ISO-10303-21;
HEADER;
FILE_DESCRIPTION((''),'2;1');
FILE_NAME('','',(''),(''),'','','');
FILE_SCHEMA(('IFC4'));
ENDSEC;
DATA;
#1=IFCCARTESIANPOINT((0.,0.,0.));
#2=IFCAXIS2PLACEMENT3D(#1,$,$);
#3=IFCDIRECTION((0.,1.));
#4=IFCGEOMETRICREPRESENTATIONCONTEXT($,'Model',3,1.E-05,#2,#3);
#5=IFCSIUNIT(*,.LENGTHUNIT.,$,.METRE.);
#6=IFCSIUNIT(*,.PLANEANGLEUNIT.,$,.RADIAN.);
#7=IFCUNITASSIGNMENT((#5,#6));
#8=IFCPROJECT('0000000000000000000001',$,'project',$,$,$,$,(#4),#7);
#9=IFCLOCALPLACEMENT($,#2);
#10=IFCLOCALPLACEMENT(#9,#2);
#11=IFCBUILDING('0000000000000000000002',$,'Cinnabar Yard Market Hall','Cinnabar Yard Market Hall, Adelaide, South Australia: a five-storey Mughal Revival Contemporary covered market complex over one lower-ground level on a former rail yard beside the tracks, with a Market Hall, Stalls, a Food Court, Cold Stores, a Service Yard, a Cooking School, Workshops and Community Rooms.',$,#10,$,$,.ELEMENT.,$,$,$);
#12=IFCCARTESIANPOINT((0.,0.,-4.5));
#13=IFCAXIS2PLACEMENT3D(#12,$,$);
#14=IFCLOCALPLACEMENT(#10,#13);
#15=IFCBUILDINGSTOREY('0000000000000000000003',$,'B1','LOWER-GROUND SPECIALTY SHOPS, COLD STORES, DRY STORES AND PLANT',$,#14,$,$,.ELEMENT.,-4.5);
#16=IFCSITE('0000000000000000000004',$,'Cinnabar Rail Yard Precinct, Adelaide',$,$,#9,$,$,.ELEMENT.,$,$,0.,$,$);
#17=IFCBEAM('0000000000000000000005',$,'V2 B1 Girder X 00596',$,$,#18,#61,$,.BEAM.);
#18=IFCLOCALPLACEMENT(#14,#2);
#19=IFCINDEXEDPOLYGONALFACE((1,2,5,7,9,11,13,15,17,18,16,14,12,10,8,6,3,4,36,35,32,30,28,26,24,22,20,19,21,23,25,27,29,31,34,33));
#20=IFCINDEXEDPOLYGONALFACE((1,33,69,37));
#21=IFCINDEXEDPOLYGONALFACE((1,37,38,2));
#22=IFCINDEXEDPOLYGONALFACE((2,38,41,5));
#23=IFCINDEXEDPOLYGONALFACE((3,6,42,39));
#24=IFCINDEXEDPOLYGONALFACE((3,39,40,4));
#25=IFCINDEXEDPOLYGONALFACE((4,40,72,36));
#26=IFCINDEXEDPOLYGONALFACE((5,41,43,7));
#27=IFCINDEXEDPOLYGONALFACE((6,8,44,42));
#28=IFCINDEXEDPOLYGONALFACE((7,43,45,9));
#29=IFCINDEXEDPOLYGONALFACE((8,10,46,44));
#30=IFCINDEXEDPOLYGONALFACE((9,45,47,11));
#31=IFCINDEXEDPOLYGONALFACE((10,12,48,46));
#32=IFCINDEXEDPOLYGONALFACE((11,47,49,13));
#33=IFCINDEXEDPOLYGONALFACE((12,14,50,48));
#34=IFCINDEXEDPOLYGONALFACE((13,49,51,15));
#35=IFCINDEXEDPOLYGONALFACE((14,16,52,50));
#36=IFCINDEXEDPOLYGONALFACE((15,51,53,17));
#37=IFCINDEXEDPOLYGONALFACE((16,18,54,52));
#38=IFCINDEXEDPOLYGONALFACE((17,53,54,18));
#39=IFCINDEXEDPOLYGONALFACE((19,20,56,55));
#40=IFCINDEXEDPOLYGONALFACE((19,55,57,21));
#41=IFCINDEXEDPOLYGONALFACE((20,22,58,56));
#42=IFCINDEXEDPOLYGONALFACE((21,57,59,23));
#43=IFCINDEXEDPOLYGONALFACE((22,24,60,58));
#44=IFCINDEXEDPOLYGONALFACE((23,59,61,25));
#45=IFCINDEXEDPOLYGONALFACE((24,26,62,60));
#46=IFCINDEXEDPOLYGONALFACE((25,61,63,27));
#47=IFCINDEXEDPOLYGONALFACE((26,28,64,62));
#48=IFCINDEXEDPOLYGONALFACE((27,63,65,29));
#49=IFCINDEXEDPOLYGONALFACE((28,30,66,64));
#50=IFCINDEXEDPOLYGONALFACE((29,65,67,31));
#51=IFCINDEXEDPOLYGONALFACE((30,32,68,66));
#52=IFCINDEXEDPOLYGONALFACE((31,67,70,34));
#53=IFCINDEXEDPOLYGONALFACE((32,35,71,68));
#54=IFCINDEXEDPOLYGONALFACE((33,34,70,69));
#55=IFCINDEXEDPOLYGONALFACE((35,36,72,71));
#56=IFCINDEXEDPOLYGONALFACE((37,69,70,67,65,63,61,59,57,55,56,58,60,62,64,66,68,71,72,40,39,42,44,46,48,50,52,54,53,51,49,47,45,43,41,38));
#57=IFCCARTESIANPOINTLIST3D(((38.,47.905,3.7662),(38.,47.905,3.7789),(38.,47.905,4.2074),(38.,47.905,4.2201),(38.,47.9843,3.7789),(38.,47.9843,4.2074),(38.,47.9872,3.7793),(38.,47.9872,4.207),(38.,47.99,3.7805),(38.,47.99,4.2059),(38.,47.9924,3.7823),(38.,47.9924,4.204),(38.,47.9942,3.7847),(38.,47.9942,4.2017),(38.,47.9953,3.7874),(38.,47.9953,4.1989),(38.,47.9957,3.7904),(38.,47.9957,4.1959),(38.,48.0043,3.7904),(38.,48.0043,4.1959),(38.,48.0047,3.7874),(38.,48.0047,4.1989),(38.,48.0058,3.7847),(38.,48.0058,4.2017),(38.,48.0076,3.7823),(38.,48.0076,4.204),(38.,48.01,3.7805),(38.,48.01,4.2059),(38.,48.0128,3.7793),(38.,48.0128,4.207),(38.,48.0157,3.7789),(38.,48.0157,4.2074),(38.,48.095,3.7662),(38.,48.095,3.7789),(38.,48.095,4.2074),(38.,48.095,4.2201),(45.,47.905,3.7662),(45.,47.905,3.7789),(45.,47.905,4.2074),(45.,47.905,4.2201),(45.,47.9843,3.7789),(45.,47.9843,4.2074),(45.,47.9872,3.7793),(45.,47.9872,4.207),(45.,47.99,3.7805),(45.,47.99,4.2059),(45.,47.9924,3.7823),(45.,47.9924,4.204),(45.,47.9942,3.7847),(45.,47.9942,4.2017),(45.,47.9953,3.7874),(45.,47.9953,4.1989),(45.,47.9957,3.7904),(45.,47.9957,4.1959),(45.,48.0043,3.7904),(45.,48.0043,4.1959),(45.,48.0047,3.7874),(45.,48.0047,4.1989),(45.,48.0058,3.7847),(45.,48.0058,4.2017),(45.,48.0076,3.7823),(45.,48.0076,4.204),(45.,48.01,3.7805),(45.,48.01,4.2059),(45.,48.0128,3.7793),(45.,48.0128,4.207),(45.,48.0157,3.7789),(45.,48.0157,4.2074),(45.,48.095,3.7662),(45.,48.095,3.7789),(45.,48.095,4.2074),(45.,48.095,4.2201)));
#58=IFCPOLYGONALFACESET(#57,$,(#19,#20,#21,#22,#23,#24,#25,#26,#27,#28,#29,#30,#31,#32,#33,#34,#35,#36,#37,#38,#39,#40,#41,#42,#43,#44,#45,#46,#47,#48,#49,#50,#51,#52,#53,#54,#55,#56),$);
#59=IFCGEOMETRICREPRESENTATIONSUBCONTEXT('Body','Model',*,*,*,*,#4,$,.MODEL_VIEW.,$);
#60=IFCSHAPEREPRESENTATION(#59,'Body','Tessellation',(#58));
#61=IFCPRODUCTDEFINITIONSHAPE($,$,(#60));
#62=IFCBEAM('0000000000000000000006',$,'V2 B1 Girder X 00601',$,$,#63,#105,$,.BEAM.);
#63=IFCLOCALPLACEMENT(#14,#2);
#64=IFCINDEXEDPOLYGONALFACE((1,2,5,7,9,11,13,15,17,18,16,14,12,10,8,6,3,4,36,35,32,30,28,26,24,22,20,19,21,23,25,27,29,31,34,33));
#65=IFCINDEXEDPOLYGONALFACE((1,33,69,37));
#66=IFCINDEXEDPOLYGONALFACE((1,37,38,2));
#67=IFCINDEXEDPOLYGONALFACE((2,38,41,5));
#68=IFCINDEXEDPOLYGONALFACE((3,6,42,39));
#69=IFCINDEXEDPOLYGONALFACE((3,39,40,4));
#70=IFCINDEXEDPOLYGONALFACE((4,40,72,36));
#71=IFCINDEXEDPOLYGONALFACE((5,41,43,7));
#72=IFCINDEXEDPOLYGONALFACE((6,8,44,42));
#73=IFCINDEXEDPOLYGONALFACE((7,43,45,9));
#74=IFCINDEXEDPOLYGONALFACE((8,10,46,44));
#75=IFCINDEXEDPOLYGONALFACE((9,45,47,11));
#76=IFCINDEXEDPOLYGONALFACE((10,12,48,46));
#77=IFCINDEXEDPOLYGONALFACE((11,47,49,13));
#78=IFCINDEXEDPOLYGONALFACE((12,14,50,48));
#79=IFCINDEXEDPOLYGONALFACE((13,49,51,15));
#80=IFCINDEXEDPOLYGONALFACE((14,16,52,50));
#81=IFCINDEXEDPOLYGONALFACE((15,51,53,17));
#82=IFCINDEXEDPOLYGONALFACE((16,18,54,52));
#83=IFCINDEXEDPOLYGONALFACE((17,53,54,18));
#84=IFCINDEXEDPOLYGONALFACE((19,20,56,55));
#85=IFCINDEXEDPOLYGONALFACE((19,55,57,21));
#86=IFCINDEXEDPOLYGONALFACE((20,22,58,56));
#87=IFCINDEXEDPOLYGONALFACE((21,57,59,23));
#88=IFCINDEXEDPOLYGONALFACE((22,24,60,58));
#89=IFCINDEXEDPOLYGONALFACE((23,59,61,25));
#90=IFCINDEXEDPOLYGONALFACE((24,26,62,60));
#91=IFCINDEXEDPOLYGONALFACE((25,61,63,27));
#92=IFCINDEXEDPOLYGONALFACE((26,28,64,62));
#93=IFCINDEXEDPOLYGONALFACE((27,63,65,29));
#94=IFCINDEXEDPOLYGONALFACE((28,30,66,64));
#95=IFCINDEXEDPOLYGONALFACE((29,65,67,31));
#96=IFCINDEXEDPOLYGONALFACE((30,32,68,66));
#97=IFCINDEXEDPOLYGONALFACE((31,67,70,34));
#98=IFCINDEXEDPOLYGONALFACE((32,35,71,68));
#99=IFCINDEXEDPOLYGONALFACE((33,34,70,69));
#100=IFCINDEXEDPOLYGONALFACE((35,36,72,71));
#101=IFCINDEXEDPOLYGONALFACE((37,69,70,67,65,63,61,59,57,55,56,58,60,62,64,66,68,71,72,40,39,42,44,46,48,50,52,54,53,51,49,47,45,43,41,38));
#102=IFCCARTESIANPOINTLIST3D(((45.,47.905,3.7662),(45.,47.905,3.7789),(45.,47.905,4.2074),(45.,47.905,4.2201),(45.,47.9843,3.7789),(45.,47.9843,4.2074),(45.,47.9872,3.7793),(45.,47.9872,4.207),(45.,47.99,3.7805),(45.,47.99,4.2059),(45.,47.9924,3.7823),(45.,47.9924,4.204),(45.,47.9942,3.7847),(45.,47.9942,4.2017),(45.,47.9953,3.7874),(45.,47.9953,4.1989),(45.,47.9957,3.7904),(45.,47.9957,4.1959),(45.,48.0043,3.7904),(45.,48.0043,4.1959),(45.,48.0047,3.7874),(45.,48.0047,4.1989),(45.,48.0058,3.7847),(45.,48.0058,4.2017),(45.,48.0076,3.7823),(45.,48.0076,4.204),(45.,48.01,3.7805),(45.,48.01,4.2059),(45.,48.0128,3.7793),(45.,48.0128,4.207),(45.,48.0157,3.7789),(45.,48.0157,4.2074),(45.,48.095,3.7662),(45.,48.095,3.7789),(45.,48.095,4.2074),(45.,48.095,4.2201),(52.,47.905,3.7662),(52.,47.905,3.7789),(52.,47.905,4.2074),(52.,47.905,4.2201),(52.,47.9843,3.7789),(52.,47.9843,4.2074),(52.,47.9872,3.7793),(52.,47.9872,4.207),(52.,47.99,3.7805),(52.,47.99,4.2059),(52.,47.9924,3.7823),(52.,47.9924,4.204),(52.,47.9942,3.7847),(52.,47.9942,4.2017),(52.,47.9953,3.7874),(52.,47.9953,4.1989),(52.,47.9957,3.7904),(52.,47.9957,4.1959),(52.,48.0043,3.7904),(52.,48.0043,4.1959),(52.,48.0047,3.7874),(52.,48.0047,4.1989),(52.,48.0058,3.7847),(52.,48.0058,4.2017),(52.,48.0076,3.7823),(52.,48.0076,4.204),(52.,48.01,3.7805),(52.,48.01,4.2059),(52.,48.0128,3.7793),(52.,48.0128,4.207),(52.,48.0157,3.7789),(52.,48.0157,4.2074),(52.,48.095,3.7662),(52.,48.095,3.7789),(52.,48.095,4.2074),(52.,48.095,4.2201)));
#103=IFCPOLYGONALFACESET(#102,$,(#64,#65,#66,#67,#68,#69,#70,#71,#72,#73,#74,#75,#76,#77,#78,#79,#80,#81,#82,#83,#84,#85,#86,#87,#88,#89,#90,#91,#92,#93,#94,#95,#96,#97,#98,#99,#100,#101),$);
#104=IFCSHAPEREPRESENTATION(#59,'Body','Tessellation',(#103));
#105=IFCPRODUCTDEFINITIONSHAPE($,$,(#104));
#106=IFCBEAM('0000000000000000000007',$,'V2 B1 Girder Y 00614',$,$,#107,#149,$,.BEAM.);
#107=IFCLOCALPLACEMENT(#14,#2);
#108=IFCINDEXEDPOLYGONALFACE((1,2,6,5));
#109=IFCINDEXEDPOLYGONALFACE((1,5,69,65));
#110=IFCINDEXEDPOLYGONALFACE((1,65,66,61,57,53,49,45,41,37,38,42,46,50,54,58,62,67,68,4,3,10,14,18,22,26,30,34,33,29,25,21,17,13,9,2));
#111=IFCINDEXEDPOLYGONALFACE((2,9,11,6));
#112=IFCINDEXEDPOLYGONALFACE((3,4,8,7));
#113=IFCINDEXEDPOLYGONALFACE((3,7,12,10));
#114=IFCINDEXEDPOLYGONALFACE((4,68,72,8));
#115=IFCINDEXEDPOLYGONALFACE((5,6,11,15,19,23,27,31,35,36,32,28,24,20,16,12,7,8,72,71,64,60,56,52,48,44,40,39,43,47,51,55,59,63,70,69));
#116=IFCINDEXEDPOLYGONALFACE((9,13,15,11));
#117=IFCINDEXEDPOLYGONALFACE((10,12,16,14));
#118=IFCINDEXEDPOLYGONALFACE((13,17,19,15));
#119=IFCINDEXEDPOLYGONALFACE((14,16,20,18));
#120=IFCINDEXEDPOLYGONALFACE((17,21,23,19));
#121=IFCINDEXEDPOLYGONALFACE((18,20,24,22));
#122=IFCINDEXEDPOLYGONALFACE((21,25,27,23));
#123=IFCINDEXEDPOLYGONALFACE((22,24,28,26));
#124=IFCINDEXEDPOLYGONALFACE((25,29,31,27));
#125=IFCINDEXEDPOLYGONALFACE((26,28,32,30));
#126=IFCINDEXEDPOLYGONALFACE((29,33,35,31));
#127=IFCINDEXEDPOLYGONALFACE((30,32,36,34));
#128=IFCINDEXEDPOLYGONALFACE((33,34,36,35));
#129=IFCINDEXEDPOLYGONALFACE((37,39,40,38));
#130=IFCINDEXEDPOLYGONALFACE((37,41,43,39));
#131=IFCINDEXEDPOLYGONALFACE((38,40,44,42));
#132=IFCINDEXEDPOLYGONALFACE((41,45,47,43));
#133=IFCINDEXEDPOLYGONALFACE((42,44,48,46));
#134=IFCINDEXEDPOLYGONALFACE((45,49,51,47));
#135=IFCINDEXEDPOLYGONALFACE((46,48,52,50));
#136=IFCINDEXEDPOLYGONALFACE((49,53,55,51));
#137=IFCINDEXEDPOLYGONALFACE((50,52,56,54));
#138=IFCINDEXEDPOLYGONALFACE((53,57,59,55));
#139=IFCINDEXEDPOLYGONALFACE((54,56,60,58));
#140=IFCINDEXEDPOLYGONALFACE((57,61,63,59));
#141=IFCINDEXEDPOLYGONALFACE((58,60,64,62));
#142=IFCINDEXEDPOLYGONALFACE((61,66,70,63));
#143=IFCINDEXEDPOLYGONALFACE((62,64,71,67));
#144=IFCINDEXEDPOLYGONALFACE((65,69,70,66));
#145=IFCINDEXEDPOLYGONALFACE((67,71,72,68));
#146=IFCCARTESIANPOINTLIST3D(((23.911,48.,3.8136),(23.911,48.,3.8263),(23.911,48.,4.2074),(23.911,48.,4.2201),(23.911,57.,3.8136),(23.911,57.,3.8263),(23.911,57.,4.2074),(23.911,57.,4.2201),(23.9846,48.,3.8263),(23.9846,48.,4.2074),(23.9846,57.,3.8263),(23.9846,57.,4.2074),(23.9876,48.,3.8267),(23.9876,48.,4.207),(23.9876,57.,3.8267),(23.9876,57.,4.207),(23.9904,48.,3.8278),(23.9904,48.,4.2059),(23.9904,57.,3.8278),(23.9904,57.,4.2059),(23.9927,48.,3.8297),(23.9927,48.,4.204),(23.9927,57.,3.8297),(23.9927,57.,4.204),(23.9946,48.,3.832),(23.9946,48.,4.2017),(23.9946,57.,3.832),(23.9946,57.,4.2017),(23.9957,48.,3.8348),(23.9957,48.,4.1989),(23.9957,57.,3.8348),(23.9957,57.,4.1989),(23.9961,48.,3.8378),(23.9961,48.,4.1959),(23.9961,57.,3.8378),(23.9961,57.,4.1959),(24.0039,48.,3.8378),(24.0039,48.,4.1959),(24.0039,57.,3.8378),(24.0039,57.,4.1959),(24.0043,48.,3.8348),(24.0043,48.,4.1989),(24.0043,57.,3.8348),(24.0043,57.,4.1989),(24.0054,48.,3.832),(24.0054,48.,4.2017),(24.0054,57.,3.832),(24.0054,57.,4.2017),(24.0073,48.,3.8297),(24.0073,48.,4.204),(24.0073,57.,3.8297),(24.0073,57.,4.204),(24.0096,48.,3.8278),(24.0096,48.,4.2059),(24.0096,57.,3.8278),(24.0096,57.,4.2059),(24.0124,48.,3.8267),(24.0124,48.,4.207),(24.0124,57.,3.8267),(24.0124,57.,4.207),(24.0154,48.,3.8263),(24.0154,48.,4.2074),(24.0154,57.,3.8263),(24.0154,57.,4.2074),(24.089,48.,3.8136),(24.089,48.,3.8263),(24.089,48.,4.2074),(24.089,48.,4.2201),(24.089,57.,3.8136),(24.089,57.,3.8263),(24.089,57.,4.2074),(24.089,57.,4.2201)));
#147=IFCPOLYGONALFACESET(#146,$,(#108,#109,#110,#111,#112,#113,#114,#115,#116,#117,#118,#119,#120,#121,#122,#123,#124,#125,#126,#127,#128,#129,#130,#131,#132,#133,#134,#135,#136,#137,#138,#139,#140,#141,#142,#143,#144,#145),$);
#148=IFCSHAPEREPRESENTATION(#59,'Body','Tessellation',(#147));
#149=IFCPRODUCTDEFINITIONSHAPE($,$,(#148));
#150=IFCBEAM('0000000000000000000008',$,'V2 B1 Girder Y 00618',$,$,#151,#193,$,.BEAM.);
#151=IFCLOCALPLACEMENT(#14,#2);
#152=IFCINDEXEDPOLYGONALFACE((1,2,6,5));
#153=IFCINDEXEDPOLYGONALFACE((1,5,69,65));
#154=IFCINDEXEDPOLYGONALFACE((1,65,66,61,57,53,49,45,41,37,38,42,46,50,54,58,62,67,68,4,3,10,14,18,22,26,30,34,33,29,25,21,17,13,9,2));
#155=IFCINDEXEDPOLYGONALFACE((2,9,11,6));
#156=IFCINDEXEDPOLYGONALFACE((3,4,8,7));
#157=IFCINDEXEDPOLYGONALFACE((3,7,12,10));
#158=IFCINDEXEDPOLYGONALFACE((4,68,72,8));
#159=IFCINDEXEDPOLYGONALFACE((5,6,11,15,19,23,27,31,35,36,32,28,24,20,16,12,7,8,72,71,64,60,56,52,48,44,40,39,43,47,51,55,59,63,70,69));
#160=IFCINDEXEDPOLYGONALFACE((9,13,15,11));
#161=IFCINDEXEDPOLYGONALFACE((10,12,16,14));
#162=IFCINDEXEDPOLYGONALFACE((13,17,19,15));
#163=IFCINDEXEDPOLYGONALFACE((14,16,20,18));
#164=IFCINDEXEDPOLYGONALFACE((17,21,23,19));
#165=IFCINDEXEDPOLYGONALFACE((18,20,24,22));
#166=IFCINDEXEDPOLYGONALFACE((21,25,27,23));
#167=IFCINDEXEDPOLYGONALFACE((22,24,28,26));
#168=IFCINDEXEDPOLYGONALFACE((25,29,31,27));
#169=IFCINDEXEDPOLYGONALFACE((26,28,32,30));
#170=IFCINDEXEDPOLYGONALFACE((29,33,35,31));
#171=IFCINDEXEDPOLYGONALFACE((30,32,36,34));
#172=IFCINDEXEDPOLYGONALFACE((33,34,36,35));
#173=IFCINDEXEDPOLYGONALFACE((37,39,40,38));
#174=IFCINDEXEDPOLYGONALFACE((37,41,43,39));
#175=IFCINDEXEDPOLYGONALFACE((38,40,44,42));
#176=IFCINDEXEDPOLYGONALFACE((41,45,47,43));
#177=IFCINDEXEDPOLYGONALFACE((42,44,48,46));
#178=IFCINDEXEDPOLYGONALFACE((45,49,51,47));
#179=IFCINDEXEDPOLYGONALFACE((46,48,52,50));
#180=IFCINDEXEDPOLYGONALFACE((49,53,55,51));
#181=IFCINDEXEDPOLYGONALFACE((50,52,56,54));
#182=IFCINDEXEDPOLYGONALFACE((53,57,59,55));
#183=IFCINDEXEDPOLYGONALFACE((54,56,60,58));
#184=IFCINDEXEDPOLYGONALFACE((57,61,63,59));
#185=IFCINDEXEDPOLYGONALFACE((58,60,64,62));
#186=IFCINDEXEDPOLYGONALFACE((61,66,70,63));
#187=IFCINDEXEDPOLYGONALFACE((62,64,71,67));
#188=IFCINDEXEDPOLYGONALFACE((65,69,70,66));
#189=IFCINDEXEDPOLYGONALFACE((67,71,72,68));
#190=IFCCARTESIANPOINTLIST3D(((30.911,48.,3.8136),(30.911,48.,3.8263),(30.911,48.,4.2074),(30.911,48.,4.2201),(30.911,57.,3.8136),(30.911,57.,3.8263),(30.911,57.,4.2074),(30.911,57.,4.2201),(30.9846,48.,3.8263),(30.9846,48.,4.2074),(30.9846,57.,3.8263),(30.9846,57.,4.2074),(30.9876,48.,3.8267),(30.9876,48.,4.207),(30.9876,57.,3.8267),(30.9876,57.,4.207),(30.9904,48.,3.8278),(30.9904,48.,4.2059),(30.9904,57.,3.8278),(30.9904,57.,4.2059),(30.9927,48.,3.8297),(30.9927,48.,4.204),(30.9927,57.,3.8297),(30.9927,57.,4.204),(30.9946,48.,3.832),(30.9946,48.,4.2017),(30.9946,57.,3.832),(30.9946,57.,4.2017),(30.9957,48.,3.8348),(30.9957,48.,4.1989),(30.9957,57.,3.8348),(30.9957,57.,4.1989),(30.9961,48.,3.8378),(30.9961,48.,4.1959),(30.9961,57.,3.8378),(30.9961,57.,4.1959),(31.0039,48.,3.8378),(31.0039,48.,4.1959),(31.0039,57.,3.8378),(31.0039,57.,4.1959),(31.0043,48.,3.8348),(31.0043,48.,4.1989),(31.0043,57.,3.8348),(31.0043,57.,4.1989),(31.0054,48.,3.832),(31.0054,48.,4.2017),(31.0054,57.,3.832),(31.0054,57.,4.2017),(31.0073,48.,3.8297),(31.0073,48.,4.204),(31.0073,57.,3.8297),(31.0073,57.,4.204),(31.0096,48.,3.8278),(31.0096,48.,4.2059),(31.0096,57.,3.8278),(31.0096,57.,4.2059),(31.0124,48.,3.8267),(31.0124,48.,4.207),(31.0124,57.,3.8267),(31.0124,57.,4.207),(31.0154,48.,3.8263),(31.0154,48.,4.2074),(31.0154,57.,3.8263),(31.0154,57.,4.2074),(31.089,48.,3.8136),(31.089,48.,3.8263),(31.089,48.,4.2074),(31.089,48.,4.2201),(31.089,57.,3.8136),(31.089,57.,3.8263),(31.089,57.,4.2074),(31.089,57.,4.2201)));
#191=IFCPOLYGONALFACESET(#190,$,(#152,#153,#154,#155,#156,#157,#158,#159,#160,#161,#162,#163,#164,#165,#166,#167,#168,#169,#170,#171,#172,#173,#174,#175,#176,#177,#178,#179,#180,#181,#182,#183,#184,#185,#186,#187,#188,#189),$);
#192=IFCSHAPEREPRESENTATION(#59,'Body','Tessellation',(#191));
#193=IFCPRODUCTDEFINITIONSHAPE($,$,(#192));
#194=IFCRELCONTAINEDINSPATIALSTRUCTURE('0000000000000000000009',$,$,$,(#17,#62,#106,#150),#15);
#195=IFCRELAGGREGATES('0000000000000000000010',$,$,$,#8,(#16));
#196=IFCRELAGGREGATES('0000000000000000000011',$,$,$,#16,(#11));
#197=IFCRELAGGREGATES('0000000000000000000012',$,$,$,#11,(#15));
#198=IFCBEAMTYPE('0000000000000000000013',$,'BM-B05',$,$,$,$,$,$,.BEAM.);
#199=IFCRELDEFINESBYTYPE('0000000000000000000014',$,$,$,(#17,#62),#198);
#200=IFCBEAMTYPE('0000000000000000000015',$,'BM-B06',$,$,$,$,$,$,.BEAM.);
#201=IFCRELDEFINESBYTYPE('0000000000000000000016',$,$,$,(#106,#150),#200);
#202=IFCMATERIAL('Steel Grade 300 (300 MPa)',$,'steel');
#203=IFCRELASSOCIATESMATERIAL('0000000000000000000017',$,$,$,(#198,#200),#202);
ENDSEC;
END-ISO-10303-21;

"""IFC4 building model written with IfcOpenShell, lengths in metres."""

from ifc_helpers import new_model, si_unit, direction, frame, origin, origin_2d_with_axis, place, context, subcontext, project, spatial, i_section, extrude, material, material_profile, profile_set, type_object, element, save


model = new_model("IFC4")

# Units and contexts
model_context = context("Model", 3, precision=1e-05, world=origin(), true_north=direction((0.0, 1.0)))
body_context = subcontext(model_context, "Body", "Model", "MODEL_VIEW")
ifc_project = project(units=[si_unit("LENGTHUNIT", "METRE"), si_unit("PLANEANGLEUNIT", "RADIAN")], contexts=[model_context])

# Site, building, storey
site_placement = place(None, origin())
site = spatial("IfcSite", under=ifc_project, at=site_placement, Name="Cinnabar Rail Yard Precinct, Adelaide", CompositionType="ELEMENT", RefElevation=0.0)
building_placement = place(site_placement, origin())
building = spatial("IfcBuilding", under=site, at=building_placement, Name="Cinnabar Yard Market Hall", Description="Cinnabar Yard Market Hall, Adelaide, South Australia: a five-storey Mughal Revival Contemporary covered market complex over one lower-ground level on a former rail yard beside the tracks, with a Market Hall, Stalls, a Food Court, Cold Stores, a Service Yard, a Cooking School, Workshops and Community Rooms.", CompositionType="ELEMENT")
storey_placement = place(building_placement, frame((0.0, 0.0, -4.5)))
storey = spatial("IfcBuildingStorey", under=building, at=storey_placement, Name="B1", Description="LOWER-GROUND SPECIALTY SHOPS, COLD STORES, DRY STORES AND PLANT", CompositionType="ELEMENT", Elevation=-4.5)

# Shared definitions
ifc_material_1 = material(Name="Steel Grade 300 (300 MPa)", Category="steel")

# Beams
ifc_material_profile_1 = material_profile(ifc_material_1, i_section(OverallWidth=0.1899, OverallDepth=0.4539, WebThickness=0.0085, FlangeThickness=0.0127, FilletRadius=0.0115, at=origin_2d_with_axis()), Name="460UB67.1")
ifc_profile_set_1 = profile_set([ifc_material_profile_1], Name="Steel Grade 300 (300 MPa)")
beam_type_1 = type_object("IfcBeamType", Name="BM-B05", PredefinedType="BEAM", material=ifc_profile_set_1)
for number, where, z_axis, x_axis, name in (
    (1, (38.0, 48.0, 3.9932), (1.0, 0.0, 0.0), (0.0, 1.0, 0.0), "V2 B1 Girder X 00596"),
    (2, (45.0, 48.0, 3.9932), (1.0, 0.0, 0.0), (0.0, 1.0, 0.0), "V2 B1 Girder X 00601"),
):
    element("IfcBeam", number, at=place(storey_placement, frame(where, z_axis=z_axis, x_axis=x_axis)), inside=storey, type_object=beam_type_1, Name=name, PredefinedType="BEAM", context=body_context, shape_type="SweptSolid", body=[
        extrude(i_section(OverallWidth=0.1899, OverallDepth=0.4539, WebThickness=0.0085, FlangeThickness=0.0127, FilletRadius=0.0115, at=origin_2d_with_axis()), origin(), (0.0, 0.0, 1.0), 7.0),
    ])
ifc_material_profile_2 = material_profile(ifc_material_1, i_section(OverallWidth=0.178, OverallDepth=0.4065, WebThickness=0.0078, FlangeThickness=0.0127, FilletRadius=0.0115, at=origin_2d_with_axis()), Name="410UB59.7")
ifc_profile_set_2 = profile_set([ifc_material_profile_2], Name="Steel Grade 300 (300 MPa)")
beam_type_2 = type_object("IfcBeamType", Name="BM-B06", PredefinedType="BEAM", material=ifc_profile_set_2)
for number, where, z_axis, x_axis, name in (
    (3, (24.0, 48.0, 4.0168), (0.0, 1.0, 0.0), (-1.0, 0.0, 0.0), "V2 B1 Girder Y 00614"),
    (4, (31.0, 48.0, 4.0168), (0.0, 1.0, 0.0), (-1.0, 0.0, 0.0), "V2 B1 Girder Y 00618"),
):
    element("IfcBeam", number, at=place(storey_placement, frame(where, z_axis=z_axis, x_axis=x_axis)), inside=storey, type_object=beam_type_2, Name=name, PredefinedType="BEAM", context=body_context, shape_type="SweptSolid", body=[
        extrude(i_section(OverallWidth=0.178, OverallDepth=0.4065, WebThickness=0.0078, FlangeThickness=0.0127, FilletRadius=0.0115, at=origin_2d_with_axis()), origin(), (0.0, 0.0, 1.0), 9.0),
    ])

save(model, "model.ifc")
